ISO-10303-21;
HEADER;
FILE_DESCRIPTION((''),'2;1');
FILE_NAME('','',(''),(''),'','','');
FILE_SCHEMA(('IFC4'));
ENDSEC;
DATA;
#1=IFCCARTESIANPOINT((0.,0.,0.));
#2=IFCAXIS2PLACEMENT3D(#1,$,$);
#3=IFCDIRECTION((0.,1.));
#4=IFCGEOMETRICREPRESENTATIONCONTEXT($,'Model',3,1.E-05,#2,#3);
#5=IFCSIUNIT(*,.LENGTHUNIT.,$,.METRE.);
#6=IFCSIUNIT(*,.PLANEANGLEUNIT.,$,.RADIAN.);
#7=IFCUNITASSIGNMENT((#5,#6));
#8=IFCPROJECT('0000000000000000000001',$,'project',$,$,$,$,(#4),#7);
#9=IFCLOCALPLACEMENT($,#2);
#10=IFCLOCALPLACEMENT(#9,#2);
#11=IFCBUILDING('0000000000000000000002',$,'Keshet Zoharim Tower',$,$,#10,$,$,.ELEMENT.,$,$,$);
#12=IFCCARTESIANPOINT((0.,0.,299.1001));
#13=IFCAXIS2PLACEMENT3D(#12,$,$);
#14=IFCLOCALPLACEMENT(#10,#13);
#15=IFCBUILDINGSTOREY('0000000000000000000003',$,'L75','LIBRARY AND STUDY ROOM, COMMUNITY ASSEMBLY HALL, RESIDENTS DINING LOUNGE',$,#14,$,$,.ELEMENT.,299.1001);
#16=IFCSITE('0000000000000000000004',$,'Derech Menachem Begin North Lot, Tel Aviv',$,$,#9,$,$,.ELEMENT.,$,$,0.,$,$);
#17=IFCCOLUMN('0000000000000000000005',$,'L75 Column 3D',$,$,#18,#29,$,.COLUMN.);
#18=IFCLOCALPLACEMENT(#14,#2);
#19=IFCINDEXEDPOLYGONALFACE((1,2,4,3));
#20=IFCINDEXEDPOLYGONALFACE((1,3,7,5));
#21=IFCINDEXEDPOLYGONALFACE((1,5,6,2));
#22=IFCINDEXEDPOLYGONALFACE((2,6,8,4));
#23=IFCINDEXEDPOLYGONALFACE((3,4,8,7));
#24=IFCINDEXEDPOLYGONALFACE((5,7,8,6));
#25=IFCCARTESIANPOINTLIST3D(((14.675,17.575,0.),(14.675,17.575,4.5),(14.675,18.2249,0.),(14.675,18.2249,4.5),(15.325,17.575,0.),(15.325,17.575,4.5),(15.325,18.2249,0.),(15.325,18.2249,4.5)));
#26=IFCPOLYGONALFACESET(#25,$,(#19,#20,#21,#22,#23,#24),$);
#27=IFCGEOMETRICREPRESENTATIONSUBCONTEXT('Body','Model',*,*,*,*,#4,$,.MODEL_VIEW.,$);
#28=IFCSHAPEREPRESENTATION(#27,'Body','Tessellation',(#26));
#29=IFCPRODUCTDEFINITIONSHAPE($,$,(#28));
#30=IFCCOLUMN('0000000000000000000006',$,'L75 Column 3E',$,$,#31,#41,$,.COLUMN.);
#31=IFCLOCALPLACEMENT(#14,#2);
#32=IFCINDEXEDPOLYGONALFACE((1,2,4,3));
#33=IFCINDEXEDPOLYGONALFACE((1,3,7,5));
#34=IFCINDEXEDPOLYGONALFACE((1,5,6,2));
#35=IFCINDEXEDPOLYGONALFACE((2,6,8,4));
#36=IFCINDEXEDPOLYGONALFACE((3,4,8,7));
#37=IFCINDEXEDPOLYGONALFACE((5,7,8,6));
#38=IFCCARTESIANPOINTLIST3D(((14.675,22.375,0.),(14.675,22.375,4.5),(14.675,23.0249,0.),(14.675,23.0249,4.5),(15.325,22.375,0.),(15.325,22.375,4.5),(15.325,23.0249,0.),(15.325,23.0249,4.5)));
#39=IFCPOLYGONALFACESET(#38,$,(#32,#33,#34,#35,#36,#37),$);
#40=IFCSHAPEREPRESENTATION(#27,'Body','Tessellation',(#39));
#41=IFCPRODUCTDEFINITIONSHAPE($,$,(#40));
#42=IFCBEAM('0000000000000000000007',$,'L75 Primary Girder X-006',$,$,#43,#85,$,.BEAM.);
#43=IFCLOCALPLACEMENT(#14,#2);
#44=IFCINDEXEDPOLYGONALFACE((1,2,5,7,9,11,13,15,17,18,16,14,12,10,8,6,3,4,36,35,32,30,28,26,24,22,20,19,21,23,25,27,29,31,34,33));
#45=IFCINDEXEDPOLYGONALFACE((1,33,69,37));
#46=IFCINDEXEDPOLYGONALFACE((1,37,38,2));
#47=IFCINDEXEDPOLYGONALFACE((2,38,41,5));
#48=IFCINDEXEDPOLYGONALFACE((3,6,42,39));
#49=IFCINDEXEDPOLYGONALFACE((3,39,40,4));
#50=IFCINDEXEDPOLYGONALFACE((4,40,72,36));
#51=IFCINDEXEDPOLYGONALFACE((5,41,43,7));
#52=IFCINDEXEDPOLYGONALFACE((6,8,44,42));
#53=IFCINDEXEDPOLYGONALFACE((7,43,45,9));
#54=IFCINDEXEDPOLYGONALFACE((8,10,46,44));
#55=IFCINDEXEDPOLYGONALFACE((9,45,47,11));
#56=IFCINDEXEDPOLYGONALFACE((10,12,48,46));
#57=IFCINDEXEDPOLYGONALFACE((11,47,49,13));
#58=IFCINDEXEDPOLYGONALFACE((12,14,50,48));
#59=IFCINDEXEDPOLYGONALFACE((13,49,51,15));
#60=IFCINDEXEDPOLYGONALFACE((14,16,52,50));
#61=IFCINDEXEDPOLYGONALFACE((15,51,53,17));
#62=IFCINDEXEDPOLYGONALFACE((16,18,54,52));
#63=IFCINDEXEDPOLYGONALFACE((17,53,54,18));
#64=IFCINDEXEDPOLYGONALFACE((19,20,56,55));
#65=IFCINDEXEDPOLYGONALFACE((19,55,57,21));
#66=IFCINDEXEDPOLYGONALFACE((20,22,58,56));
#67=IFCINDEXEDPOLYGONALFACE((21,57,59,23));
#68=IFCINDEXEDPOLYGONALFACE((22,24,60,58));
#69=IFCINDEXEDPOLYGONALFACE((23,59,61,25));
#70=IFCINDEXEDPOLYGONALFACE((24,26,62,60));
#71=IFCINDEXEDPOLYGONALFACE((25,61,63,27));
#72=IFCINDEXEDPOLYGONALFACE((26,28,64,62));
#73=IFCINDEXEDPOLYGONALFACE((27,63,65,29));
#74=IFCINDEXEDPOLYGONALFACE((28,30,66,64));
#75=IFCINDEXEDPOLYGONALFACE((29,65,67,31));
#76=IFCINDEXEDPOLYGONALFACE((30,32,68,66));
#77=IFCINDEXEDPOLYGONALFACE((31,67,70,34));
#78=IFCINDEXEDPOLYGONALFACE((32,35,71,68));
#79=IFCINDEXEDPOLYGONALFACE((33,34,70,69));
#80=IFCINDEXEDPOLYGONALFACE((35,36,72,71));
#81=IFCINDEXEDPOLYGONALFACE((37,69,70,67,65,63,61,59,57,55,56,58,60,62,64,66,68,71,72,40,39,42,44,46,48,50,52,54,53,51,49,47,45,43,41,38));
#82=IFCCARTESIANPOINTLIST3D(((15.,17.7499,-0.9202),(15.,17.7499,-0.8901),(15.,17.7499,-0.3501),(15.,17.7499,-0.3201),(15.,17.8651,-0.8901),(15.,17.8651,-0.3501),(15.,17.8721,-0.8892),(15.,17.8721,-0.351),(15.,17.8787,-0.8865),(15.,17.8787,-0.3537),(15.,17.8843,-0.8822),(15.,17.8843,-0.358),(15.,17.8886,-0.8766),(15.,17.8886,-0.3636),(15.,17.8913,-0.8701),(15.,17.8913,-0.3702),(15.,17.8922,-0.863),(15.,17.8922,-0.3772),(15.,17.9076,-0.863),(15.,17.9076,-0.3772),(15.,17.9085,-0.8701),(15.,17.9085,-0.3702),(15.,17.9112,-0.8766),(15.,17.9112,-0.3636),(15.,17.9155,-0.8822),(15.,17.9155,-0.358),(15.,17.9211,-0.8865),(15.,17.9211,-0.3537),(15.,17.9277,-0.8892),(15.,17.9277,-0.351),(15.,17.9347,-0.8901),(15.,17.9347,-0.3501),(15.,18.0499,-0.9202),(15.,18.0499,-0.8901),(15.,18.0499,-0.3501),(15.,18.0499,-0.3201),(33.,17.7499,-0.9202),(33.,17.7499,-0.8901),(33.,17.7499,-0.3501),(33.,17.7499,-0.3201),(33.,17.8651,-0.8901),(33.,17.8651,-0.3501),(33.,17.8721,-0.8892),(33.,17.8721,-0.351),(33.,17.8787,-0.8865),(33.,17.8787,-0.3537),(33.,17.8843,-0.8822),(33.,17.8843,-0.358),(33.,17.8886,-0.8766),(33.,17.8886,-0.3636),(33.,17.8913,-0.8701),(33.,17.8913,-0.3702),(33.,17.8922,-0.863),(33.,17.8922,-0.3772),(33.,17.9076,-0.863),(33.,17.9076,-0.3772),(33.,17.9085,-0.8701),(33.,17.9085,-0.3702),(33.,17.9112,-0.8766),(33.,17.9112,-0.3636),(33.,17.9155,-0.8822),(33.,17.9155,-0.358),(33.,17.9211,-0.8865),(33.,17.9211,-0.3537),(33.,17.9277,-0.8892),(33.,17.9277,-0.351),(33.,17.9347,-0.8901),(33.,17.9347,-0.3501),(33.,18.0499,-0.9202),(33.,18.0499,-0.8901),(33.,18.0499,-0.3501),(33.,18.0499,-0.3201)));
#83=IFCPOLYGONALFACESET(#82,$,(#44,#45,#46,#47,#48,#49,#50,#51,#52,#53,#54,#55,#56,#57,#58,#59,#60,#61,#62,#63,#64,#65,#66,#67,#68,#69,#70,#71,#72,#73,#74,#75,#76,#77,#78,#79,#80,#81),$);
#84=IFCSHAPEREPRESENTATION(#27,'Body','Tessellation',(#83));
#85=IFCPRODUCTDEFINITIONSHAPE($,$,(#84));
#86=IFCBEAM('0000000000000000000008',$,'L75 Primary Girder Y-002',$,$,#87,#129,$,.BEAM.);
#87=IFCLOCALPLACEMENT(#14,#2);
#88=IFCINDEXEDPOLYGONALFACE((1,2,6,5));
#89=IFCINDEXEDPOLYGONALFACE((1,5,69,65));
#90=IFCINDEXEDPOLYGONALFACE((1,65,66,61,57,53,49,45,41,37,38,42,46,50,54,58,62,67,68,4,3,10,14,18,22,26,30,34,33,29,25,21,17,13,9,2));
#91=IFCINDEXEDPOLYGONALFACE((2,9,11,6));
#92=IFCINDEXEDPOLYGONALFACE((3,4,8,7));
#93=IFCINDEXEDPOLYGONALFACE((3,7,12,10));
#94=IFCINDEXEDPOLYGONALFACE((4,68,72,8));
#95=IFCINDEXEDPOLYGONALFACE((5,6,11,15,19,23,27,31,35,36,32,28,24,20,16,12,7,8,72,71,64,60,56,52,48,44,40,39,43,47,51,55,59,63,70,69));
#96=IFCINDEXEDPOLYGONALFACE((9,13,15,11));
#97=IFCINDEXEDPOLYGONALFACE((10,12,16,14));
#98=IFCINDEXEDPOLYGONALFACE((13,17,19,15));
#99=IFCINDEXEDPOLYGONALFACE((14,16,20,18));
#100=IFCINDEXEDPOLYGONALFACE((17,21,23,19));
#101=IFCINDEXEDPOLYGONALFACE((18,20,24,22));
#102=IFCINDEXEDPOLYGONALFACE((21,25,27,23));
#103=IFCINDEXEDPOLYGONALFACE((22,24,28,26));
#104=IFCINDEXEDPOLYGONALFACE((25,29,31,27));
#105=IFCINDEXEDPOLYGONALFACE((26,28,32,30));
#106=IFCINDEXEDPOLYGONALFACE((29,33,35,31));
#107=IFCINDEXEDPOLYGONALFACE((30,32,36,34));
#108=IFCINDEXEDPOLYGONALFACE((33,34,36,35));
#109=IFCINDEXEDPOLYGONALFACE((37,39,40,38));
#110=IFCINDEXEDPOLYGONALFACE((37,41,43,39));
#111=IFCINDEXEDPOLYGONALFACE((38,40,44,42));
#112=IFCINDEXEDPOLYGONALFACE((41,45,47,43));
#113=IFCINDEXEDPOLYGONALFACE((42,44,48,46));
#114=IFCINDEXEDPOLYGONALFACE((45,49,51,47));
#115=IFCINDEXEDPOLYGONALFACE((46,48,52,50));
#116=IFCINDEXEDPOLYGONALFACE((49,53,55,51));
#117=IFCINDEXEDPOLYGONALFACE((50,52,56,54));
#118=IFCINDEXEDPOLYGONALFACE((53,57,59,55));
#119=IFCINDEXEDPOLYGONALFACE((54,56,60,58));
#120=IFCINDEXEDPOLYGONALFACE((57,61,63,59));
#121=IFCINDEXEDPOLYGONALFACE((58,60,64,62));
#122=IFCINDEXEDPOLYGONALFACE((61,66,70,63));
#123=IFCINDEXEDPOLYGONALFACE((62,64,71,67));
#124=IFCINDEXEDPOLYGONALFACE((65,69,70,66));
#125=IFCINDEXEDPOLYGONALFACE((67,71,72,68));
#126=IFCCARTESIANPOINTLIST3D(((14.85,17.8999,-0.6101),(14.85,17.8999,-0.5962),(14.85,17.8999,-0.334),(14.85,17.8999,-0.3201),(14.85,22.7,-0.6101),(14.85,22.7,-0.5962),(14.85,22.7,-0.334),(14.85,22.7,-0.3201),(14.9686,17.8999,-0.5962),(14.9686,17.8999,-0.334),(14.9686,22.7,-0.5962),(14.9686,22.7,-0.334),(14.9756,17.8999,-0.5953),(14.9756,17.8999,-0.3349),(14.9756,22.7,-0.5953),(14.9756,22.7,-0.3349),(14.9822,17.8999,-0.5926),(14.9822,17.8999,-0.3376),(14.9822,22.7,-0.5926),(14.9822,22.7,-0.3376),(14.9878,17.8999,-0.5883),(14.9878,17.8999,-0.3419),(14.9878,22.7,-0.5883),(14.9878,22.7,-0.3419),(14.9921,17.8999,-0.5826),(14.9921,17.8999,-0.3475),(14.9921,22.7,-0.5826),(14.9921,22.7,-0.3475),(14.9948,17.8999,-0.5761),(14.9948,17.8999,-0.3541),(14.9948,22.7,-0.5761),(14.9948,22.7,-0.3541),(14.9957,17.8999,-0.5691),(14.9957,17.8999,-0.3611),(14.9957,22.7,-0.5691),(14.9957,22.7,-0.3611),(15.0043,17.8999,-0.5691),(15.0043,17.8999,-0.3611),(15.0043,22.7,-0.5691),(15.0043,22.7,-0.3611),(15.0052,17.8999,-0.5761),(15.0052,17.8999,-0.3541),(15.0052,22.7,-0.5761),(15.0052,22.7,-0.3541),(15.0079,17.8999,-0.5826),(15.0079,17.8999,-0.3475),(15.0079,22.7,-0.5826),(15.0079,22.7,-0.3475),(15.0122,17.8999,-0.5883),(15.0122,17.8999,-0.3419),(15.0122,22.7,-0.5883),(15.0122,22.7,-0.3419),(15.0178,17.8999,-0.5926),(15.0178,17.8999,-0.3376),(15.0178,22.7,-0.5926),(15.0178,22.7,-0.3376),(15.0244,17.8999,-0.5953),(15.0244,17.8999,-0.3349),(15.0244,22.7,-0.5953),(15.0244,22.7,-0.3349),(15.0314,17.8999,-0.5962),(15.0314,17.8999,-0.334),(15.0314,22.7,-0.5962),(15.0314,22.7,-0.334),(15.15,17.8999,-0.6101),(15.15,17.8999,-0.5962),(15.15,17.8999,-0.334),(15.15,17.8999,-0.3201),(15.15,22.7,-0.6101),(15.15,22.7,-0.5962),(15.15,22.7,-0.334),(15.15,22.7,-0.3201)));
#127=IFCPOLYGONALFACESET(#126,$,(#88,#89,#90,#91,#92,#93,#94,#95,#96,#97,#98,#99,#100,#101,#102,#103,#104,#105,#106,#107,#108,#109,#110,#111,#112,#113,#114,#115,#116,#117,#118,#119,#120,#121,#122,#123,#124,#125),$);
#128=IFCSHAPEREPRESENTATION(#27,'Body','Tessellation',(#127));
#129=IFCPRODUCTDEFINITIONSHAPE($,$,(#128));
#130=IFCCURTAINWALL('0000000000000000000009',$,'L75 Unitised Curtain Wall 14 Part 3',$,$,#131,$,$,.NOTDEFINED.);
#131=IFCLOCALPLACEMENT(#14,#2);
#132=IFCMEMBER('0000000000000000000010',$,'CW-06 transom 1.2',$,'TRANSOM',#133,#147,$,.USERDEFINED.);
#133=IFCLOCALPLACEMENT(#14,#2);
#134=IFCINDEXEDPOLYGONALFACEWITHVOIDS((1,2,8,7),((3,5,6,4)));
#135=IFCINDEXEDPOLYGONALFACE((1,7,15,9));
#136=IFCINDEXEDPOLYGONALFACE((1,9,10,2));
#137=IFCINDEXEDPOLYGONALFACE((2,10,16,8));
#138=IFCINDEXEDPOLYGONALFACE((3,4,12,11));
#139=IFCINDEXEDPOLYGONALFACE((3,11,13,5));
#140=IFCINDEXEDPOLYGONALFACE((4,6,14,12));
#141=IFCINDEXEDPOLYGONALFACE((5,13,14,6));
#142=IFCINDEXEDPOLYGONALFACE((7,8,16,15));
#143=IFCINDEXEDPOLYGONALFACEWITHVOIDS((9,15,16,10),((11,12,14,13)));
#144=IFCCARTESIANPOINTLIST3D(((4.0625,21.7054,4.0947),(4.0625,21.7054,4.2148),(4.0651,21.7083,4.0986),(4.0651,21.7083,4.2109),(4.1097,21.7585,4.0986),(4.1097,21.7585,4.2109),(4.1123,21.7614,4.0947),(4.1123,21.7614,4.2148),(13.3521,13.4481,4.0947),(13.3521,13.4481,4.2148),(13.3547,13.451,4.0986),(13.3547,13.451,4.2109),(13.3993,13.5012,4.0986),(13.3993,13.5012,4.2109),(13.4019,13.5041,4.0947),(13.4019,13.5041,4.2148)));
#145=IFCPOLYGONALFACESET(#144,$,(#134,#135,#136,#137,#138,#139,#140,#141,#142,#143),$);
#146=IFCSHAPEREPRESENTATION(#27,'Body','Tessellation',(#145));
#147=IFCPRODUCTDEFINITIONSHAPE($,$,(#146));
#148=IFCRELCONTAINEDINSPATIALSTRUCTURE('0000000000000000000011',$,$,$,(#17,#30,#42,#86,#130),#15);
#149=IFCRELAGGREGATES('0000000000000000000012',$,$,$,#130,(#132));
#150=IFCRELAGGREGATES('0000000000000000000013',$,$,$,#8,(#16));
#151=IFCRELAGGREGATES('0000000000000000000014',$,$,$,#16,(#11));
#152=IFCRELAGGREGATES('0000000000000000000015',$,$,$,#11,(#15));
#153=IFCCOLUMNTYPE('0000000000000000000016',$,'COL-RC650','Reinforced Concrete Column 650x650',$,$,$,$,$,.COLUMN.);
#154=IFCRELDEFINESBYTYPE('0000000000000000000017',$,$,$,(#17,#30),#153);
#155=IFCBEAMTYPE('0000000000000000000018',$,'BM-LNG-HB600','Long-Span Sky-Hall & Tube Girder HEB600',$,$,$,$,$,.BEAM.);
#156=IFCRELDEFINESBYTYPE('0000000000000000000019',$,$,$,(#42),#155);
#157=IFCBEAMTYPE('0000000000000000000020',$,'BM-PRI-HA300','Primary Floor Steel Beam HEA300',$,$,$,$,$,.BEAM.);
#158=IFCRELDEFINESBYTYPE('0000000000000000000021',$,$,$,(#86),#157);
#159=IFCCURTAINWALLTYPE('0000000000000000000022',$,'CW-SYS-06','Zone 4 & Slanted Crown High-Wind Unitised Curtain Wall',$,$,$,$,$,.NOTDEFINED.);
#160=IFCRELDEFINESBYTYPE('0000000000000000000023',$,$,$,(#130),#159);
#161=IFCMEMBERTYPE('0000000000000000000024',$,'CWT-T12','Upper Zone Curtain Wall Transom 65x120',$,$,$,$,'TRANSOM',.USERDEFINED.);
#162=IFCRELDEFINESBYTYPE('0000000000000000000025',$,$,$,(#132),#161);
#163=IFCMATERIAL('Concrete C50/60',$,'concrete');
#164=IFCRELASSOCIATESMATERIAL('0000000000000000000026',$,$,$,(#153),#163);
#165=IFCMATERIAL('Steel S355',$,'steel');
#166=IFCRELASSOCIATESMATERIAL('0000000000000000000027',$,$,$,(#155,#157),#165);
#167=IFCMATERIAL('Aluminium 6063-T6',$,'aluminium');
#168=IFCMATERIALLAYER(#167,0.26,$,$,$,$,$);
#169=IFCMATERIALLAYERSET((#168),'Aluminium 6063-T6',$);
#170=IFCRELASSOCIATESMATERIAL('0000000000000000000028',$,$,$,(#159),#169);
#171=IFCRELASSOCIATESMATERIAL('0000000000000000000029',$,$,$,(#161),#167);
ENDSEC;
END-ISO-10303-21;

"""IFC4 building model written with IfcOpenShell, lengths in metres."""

from ifc_helpers import new_model, si_unit, direction, frame, origin, origin_2d, place, context, subcontext, project, spatial, rectangle, hollow_rectangle, i_section, extrude, material, layer, layer_set, material_profile, profile_set, type_object, element, aggregate, save


model = new_model("IFC4")

# Units and contexts
model_context = context("Model", 3, precision=1e-05, world=origin(), true_north=direction((0.0, 1.0)))
body_context = subcontext(model_context, "Body", "Model", "MODEL_VIEW")
ifc_project = project(units=[si_unit("LENGTHUNIT", "METRE"), si_unit("PLANEANGLEUNIT", "RADIAN")], contexts=[model_context])

# Site, building, storey
site_placement = place(None, origin())
site = spatial("IfcSite", under=ifc_project, at=site_placement, Name="Derech Menachem Begin North Lot, Tel Aviv", CompositionType="ELEMENT", RefElevation=0.0)
building_placement = place(site_placement, origin())
building = spatial("IfcBuilding", under=site, at=building_placement, Name="Keshet Zoharim Tower", CompositionType="ELEMENT")
storey_placement = place(building_placement, frame((0.0, 0.0, 299.1001)))
storey = spatial("IfcBuildingStorey", under=building, at=storey_placement, Name="L75", Description="LIBRARY AND STUDY ROOM, COMMUNITY ASSEMBLY HALL, RESIDENTS DINING LOUNGE", CompositionType="ELEMENT", Elevation=299.1001)

# Columns
ifc_material_1 = material(Name="Concrete C50/60", Category="concrete")
ifc_material_profile_1 = material_profile(ifc_material_1, rectangle(XDim=0.6499, YDim=0.6499, at=origin_2d()), Name="RC650x650")
ifc_profile_set_1 = profile_set([ifc_material_profile_1], Name="Concrete C50/60")
column_type = type_object("IfcColumnType", Name="COL-RC650", Description="Reinforced Concrete Column 650x650", PredefinedType="COLUMN", material=ifc_profile_set_1)
for number, where, z_axis, x_axis, name in (
    (1, (15.0, 17.8999, 0.0), (0.0, 0.0, 1.0), (1.0, 0.0, 0.0), "L75 Column 3D"),
    (2, (15.0, 22.7, 0.0), (0.0, 0.0, 1.0), (1.0, 0.0, 0.0), "L75 Column 3E"),
):
    element("IfcColumn", number, at=place(storey_placement, frame(where, z_axis=z_axis, x_axis=x_axis)), inside=storey, type_object=column_type, Name=name, PredefinedType="COLUMN", context=body_context, shape_type="SweptSolid", body=[
        extrude(rectangle(XDim=0.6499, YDim=0.6499, at=origin_2d()), origin(), (0.0, 0.0, 1.0), 4.5),
    ])

# Beams
ifc_material_2 = material(Name="Steel S355", Category="steel")
ifc_material_profile_2 = material_profile(ifc_material_2, i_section(OverallWidth=0.3, OverallDepth=0.6001, WebThickness=0.0154, FlangeThickness=0.03, FilletRadius=0.0271, at=origin_2d()), Name="HEB600")
ifc_profile_set_2 = profile_set([ifc_material_profile_2], Name="Steel S355")
beam_type_1 = type_object("IfcBeamType", Name="BM-LNG-HB600", Description="Long-Span Sky-Hall & Tube Girder HEB600", PredefinedType="BEAM", material=ifc_profile_set_2)
beam_1_placement = place(storey_placement, frame((15.0, 17.8999, -0.6201), z_axis=(1.0, 0.0, 0.0), x_axis=(0.0, 1.0, 0.0)))
element("IfcBeam", 3, at=beam_1_placement, inside=storey, type_object=beam_type_1, Name="L75 Primary Girder X-006", PredefinedType="BEAM", context=body_context, shape_type="SweptSolid", body=[
    extrude(i_section(OverallWidth=0.3, OverallDepth=0.6001, WebThickness=0.0154, FlangeThickness=0.03, FilletRadius=0.0271, at=origin_2d()), origin(), (0.0, 0.0, 1.0), 18.0),
])
ifc_material_profile_3 = material_profile(ifc_material_2, i_section(OverallWidth=0.3, OverallDepth=0.29, WebThickness=0.0085, FlangeThickness=0.0139, FilletRadius=0.0271, at=origin_2d()), Name="HEA300")
ifc_profile_set_3 = profile_set([ifc_material_profile_3], Name="Steel S355")
beam_type_2 = type_object("IfcBeamType", Name="BM-PRI-HA300", Description="Primary Floor Steel Beam HEA300", PredefinedType="BEAM", material=ifc_profile_set_3)
beam_2_placement = place(storey_placement, frame((15.0, 17.8999, -0.4651), z_axis=(0.0, 1.0, 0.0), x_axis=(-1.0, 0.0, 0.0)))
element("IfcBeam", 4, at=beam_2_placement, inside=storey, type_object=beam_type_2, Name="L75 Primary Girder Y-002", PredefinedType="BEAM", context=body_context, shape_type="SweptSolid", body=[
    extrude(i_section(OverallWidth=0.3, OverallDepth=0.29, WebThickness=0.0085, FlangeThickness=0.0139, FilletRadius=0.0271, at=origin_2d()), origin(), (0.0, 0.0, 1.0), 4.8),
])

# Curtain wall, member
ifc_material_3 = material(Name="Aluminium 6063-T6", Category="aluminium")
ifc_layer_1 = layer(ifc_material_3, 0.26)
ifc_layer_set_1 = layer_set([ifc_layer_1], Name="Aluminium 6063-T6")
curtain_wall_type = type_object("IfcCurtainWallType", Name="CW-SYS-06", Description="Zone 4 & Slanted Crown High-Wind Unitised Curtain Wall", PredefinedType="NOTDEFINED", material=ifc_layer_set_1)
curtain_wall_placement = place(storey_placement, origin())
curtain_wall = element("IfcCurtainWall", 5, at=curtain_wall_placement, inside=storey, type_object=curtain_wall_type, Name="L75 Unitised Curtain Wall 14 Part 3", PredefinedType="NOTDEFINED")
ifc_material_profile_4 = material_profile(ifc_material_3, hollow_rectangle(XDim=0.075, YDim=0.1201, WallThickness=0.0039, at=origin_2d()), Name="TRN-75x120")
ifc_profile_set_4 = profile_set([ifc_material_profile_4], Name="Aluminium 6063-T6")
member_type = type_object("IfcMemberType", Name="CWT-T12", Description="Upper Zone Curtain Wall Transom 65x120", ElementType="TRANSOM", PredefinedType="USERDEFINED", material=ifc_profile_set_4)
member_placement = place(storey_placement, frame((13.377, 13.4761, 4.1548), z_axis=(-0.747411, 0.664361, 0.0), x_axis=(-0.664361, -0.747411, 0.0)))
member = element("IfcMember", 6, at=member_placement, type_object=member_type, Name="CW-06 transom 1.2", ObjectType="TRANSOM", PredefinedType="USERDEFINED", context=body_context, shape_type="SweptSolid", body=[
    extrude(hollow_rectangle(XDim=0.075, YDim=0.1201, WallThickness=0.0039, at=origin_2d()), origin(), (0.0, 0.0, 1.0), 12.429),
])
aggregate(curtain_wall, [member])

save(model, "model.ifc")
